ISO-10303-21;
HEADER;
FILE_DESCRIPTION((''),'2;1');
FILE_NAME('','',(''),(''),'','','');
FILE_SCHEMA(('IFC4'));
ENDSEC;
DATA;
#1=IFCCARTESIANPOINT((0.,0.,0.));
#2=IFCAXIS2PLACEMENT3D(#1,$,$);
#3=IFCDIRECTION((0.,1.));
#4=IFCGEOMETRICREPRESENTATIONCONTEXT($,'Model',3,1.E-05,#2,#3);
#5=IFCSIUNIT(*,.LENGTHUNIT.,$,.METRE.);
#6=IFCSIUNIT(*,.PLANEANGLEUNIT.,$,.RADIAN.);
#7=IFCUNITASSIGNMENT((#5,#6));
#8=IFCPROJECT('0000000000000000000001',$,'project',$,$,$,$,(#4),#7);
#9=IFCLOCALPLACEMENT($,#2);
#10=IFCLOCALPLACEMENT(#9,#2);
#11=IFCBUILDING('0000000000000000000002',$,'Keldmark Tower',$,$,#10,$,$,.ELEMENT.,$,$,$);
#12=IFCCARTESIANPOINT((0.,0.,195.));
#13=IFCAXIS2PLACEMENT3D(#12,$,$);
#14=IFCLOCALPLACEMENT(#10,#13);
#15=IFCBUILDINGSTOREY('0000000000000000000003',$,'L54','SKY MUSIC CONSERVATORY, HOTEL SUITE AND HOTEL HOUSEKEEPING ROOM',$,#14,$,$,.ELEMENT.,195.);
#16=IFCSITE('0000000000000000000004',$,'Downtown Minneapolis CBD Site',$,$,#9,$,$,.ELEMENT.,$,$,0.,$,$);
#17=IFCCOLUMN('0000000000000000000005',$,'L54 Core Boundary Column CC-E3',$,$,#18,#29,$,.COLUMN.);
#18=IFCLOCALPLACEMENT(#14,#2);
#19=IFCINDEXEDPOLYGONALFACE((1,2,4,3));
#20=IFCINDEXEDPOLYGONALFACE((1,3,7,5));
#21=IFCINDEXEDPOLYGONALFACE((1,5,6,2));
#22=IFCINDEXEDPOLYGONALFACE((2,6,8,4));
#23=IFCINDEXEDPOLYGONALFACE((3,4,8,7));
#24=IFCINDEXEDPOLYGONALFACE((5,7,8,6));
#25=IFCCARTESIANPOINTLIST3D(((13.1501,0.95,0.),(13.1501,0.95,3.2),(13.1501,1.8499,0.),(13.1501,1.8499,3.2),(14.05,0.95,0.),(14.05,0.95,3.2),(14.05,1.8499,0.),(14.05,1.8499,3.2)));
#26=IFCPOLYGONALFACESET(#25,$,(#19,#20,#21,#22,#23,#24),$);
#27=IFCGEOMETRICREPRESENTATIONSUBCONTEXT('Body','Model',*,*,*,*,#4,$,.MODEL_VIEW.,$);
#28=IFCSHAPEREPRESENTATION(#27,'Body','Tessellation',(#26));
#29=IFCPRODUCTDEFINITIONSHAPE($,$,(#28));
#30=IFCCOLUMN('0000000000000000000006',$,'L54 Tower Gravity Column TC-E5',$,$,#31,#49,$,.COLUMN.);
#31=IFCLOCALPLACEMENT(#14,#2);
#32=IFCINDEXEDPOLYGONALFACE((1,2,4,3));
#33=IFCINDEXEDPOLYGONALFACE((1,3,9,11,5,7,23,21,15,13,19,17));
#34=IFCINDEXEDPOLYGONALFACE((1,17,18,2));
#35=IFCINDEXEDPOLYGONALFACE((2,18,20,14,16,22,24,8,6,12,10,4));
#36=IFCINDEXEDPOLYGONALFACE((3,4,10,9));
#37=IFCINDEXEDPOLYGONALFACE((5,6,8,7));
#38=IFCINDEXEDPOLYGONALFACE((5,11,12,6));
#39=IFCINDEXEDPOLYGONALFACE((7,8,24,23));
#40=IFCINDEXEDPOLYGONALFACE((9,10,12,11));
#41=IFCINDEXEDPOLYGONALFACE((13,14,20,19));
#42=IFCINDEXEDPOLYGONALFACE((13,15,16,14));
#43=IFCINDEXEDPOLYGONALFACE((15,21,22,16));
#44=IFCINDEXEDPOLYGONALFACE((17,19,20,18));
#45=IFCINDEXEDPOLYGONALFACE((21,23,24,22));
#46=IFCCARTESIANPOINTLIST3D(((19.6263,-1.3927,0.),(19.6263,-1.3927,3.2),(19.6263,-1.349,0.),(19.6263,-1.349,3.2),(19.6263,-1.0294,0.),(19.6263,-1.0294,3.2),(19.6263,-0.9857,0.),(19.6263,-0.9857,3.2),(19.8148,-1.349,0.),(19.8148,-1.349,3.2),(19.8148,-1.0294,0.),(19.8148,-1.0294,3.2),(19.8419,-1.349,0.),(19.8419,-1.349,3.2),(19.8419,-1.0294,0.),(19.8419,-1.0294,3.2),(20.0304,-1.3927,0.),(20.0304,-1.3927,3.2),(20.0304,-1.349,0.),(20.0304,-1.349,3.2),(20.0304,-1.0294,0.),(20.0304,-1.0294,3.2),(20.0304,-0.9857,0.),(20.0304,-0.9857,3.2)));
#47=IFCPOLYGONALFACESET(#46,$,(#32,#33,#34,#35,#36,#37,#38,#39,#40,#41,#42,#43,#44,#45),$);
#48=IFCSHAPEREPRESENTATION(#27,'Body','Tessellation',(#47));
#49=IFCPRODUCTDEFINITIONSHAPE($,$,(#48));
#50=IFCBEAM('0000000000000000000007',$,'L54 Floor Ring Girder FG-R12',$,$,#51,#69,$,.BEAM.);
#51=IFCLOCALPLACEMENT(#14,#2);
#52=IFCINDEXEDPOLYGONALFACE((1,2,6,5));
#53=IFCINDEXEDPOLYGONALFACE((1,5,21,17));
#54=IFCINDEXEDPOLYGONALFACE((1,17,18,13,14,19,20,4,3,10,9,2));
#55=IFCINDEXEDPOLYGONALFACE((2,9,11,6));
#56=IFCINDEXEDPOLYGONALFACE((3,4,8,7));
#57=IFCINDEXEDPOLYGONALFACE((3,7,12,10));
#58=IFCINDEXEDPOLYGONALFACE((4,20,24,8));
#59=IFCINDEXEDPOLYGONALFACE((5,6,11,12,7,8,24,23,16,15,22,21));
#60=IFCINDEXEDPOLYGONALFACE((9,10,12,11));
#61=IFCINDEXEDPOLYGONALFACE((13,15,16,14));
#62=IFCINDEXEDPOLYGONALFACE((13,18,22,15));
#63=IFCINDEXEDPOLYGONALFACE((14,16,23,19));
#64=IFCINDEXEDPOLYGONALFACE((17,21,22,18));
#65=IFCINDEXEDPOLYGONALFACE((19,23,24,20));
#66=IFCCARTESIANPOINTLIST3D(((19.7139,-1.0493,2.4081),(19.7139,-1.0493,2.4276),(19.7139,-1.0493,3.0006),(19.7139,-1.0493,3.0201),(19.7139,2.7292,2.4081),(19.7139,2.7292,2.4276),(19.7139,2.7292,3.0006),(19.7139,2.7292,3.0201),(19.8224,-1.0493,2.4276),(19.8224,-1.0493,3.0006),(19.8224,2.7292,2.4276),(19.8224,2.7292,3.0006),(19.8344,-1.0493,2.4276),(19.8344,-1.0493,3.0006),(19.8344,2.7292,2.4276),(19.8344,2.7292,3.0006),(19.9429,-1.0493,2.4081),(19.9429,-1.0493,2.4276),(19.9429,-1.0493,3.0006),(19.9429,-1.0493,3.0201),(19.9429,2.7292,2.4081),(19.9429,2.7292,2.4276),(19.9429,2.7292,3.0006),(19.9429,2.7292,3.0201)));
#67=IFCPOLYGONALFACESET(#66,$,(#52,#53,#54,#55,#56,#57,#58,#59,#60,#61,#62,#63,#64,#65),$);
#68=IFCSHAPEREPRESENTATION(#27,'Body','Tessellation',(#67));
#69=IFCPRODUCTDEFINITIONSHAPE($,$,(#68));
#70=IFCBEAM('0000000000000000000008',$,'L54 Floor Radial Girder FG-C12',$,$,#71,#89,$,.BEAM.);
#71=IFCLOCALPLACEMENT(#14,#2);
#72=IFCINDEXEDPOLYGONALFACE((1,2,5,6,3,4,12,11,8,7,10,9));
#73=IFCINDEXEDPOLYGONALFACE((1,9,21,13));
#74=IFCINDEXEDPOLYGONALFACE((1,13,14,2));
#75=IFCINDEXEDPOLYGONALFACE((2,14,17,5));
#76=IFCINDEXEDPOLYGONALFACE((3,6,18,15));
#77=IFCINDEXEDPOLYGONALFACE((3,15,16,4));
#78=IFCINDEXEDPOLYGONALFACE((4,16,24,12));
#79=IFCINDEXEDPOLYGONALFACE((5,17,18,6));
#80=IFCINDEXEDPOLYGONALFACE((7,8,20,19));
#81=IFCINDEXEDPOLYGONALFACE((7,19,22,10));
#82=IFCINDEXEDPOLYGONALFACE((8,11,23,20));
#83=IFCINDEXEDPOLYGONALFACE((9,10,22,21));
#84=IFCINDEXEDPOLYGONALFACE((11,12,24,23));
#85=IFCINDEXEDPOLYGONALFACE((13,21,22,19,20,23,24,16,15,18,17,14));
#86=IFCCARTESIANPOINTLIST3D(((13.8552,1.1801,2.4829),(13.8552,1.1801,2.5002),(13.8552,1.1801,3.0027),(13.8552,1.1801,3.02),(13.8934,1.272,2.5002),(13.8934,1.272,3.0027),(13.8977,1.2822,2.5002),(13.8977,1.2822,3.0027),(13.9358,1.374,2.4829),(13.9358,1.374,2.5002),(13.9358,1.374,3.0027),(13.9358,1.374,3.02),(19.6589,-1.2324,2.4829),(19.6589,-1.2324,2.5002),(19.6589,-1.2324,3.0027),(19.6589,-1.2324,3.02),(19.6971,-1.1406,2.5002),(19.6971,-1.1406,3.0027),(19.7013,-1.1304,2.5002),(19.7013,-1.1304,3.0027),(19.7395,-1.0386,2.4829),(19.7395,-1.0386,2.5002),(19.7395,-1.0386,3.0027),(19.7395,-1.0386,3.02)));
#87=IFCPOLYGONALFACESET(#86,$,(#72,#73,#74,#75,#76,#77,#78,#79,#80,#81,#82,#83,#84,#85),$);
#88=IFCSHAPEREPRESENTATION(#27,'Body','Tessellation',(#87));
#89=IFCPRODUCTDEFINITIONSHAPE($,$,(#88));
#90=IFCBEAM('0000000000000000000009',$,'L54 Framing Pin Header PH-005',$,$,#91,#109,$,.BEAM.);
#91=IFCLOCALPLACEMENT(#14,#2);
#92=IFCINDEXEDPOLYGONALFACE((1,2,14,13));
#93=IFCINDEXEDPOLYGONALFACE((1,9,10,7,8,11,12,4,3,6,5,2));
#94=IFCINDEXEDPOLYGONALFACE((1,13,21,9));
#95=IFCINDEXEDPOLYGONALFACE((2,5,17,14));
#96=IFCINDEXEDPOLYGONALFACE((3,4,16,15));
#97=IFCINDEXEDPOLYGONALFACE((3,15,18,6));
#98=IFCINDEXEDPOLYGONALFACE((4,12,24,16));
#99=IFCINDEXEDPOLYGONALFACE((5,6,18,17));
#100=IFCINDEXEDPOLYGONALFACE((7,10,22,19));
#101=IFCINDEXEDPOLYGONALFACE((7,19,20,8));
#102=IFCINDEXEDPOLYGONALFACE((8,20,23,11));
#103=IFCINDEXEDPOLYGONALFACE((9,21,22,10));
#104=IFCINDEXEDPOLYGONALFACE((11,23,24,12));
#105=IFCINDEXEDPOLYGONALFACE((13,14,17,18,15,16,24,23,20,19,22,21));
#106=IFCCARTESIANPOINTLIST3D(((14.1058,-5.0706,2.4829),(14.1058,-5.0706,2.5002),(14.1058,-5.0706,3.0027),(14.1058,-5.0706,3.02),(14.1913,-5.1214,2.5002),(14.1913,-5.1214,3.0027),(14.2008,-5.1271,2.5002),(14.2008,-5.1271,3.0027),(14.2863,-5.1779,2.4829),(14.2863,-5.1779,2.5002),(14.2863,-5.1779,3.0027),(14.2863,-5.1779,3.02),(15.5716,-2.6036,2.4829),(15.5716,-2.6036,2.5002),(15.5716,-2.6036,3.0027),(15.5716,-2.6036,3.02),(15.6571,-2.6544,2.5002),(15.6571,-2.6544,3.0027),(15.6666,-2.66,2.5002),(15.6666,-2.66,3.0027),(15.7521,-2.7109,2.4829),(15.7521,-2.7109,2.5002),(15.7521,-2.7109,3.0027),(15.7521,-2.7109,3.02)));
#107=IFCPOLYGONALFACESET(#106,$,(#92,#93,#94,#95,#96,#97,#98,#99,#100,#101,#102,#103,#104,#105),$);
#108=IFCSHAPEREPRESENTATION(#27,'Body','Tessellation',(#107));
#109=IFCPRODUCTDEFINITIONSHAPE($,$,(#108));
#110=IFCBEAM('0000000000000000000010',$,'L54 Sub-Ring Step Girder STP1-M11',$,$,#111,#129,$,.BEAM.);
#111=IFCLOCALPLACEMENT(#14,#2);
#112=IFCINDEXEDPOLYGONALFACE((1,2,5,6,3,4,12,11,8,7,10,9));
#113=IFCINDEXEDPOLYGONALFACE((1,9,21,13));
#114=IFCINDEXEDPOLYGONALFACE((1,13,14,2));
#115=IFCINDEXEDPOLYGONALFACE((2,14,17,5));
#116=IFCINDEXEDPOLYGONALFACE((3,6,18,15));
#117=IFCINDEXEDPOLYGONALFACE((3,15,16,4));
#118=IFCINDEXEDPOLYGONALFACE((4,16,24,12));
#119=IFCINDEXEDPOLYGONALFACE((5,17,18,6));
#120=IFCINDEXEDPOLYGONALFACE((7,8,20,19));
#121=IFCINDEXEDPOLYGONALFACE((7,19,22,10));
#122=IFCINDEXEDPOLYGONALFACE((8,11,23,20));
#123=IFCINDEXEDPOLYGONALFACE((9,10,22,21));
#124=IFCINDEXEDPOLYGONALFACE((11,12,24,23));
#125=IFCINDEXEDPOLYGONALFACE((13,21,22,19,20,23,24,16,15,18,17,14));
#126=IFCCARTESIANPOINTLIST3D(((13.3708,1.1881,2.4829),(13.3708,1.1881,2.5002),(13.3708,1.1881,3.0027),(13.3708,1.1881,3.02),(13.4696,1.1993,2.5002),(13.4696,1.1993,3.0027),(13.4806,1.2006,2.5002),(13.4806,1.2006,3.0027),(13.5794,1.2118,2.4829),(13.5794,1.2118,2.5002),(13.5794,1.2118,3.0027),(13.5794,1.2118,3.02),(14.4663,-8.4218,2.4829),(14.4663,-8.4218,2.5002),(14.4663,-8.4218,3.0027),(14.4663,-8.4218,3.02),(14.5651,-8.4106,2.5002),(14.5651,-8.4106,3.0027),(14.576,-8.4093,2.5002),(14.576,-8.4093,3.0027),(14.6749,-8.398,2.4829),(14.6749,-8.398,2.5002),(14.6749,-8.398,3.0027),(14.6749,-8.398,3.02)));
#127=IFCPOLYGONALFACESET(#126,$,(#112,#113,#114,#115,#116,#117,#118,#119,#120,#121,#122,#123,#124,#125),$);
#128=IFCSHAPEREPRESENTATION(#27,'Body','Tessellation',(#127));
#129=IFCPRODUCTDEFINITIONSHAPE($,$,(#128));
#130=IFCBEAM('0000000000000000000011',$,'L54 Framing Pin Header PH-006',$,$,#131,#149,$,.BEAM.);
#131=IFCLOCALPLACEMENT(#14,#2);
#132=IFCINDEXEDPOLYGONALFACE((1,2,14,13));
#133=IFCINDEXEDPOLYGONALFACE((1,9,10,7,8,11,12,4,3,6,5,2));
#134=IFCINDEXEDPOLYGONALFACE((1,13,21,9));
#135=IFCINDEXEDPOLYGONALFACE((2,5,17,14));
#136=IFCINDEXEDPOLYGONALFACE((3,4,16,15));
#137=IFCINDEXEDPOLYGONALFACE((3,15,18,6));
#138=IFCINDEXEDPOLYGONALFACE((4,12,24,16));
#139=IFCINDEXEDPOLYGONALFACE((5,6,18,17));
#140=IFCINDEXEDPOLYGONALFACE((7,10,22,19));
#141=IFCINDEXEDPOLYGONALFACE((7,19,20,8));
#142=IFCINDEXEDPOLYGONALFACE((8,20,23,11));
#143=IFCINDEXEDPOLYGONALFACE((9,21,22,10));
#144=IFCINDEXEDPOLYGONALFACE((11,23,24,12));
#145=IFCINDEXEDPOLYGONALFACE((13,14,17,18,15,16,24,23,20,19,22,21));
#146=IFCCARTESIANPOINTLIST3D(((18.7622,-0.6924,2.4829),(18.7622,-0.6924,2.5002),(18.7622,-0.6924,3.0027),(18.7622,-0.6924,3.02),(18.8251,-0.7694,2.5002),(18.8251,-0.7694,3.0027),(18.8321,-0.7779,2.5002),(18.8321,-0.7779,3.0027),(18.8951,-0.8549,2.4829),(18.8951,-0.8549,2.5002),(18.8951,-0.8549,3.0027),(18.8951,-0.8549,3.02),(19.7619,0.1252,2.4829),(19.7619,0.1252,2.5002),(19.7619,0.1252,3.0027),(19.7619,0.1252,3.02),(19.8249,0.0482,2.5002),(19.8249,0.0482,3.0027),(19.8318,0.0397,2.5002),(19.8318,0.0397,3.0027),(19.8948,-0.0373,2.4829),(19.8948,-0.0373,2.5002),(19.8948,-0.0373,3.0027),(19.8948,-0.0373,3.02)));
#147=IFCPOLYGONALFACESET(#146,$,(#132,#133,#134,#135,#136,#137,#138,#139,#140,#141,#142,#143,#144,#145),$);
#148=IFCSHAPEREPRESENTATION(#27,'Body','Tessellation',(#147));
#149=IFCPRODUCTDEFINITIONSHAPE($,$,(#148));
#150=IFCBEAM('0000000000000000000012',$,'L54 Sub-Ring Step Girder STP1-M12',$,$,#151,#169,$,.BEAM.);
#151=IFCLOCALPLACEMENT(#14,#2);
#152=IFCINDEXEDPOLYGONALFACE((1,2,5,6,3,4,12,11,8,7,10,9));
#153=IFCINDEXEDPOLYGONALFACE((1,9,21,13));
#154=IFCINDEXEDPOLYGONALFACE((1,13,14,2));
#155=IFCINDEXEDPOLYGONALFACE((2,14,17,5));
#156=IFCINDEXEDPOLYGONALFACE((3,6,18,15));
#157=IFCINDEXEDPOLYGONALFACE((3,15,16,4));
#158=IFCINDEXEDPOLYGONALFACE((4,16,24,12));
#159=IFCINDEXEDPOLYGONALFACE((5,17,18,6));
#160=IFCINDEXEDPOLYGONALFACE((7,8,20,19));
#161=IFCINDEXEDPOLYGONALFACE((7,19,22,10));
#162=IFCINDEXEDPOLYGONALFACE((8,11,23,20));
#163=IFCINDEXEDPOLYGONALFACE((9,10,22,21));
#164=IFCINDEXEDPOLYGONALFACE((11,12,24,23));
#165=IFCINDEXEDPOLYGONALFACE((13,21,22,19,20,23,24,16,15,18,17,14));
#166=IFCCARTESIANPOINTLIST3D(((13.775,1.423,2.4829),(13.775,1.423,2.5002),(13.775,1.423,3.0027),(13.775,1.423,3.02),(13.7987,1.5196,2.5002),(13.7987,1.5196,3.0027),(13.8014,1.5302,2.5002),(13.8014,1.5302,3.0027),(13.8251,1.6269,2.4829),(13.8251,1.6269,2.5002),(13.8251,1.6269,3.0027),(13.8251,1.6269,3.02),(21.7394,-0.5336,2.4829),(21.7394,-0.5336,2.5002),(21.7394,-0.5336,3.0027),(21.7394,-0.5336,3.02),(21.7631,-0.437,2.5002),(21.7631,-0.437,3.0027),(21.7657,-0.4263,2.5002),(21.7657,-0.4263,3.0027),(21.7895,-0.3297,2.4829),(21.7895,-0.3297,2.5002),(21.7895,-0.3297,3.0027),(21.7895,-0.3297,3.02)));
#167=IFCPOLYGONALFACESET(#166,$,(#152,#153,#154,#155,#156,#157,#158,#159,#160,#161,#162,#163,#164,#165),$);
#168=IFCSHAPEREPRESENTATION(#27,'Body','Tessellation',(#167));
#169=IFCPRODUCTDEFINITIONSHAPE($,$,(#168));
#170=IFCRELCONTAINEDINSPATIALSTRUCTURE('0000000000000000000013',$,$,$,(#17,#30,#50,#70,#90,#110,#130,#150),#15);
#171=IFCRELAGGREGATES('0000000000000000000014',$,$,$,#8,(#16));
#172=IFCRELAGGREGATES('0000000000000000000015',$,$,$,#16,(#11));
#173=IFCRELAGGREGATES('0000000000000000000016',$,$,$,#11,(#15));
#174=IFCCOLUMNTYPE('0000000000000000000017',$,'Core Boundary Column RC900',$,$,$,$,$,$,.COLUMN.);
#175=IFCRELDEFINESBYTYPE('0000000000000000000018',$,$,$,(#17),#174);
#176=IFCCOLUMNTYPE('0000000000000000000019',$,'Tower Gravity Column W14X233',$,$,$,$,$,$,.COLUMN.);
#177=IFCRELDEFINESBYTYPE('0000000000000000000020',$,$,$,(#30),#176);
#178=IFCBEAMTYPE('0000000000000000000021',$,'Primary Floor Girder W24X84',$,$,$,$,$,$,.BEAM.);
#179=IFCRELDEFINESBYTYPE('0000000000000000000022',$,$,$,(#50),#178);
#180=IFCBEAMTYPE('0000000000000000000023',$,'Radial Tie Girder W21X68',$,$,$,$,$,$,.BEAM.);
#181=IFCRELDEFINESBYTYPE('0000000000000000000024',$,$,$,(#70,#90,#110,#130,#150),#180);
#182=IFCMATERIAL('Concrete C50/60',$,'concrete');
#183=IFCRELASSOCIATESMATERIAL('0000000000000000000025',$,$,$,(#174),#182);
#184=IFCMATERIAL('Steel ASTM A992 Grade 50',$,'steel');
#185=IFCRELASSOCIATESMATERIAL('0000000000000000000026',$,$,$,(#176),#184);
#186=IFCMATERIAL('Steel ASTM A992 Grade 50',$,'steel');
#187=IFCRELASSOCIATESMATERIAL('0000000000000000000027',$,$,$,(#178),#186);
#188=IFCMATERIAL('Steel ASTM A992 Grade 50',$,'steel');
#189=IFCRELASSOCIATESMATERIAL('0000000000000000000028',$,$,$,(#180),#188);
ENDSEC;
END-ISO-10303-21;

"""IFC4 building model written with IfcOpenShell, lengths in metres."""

from ifc_helpers import new_model, si_unit, direction, frame, origin, origin_2d, place, context, subcontext, project, spatial, rectangle, i_section, extrude, material, material_profile, profile_set, type_object, element, save


model = new_model("IFC4")

# Units and contexts
model_context = context("Model", 3, precision=1e-05, world=origin(), true_north=direction((0.0, 1.0)))
body_context = subcontext(model_context, "Body", "Model", "MODEL_VIEW")
ifc_project = project(units=[si_unit("LENGTHUNIT", "METRE"), si_unit("PLANEANGLEUNIT", "RADIAN")], contexts=[model_context])

# Site, building, storey
site_placement = place(None, origin())
site = spatial("IfcSite", under=ifc_project, at=site_placement, Name="Downtown Minneapolis CBD Site", CompositionType="ELEMENT", RefElevation=0.0)
building_placement = place(site_placement, origin())
building = spatial("IfcBuilding", under=site, at=building_placement, Name="Keldmark Tower", CompositionType="ELEMENT")
storey_placement = place(building_placement, frame((0.0, 0.0, 195.0)))
storey = spatial("IfcBuildingStorey", under=building, at=storey_placement, Name="L54", Description="SKY MUSIC CONSERVATORY, HOTEL SUITE AND HOTEL HOUSEKEEPING ROOM", CompositionType="ELEMENT", Elevation=195.0)

# Columns
ifc_material_1 = material(Name="Concrete C50/60", Category="concrete")
ifc_material_profile_1 = material_profile(ifc_material_1, rectangle(XDim=0.8999, YDim=0.8999, at=origin_2d()), Name="RC900X900")
ifc_profile_set_1 = profile_set([ifc_material_profile_1], Name="Concrete C50/60")
column_type_1 = type_object("IfcColumnType", Name="Core Boundary Column RC900", PredefinedType="COLUMN", material=ifc_profile_set_1)
column_1_placement = place(storey_placement, frame((13.6001, 1.3999, 0.0), z_axis=(0.0, 0.0, 1.0), x_axis=(1.0, 0.0, 0.0)))
element("IfcColumn", 1, at=column_1_placement, inside=storey, type_object=column_type_1, Name="L54 Core Boundary Column CC-E3", PredefinedType="COLUMN", context=body_context, shape_type="SweptSolid", body=[
    extrude(rectangle(XDim=0.8999, YDim=0.8999, at=origin_2d()), origin(), (0.0, 0.0, 1.0), 3.2),
])
ifc_material_2 = material(Name="Steel ASTM A992 Grade 50", Category="steel")
ifc_material_profile_2 = material_profile(ifc_material_2, i_section(OverallWidth=0.4041, OverallDepth=0.407, WebThickness=0.0271, FlangeThickness=0.0437, at=origin_2d()), Name="W14X233")
ifc_profile_set_2 = profile_set([ifc_material_profile_2], Name="Steel ASTM A992 Grade 50")
column_type_2 = type_object("IfcColumnType", Name="Tower Gravity Column W14X233", PredefinedType="COLUMN", material=ifc_profile_set_2)
column_2_placement = place(storey_placement, frame((19.8284, -1.1892, 0.0), z_axis=(0.0, 0.0, 1.0), x_axis=(1.0, 0.0, 0.0)))
element("IfcColumn", 2, at=column_2_placement, inside=storey, type_object=column_type_2, Name="L54 Tower Gravity Column TC-E5", PredefinedType="COLUMN", context=body_context, shape_type="SweptSolid", body=[
    extrude(i_section(OverallWidth=0.4041, OverallDepth=0.407, WebThickness=0.0271, FlangeThickness=0.0437, at=origin_2d()), origin(), (0.0, 0.0, 1.0), 3.2),
])

# Beams
ifc_material_3 = material(Name="Steel ASTM A992 Grade 50", Category="steel")
ifc_material_profile_3 = material_profile(ifc_material_3, i_section(OverallWidth=0.229, OverallDepth=0.6121, WebThickness=0.012, FlangeThickness=0.0195, at=origin_2d()), Name="W24X84")
ifc_profile_set_3 = profile_set([ifc_material_profile_3], Name="Steel ASTM A992 Grade 50")
beam_type_1 = type_object("IfcBeamType", Name="Primary Floor Girder W24X84", PredefinedType="BEAM", material=ifc_profile_set_3)
beam_1_placement = place(storey_placement, frame((19.8284, -1.0493, 2.7141), z_axis=(0.0, 1.0, 0.0), x_axis=(-1.0, 0.0, 0.0)))
element("IfcBeam", 3, at=beam_1_placement, inside=storey, type_object=beam_type_1, Name="L54 Floor Ring Girder FG-R12", PredefinedType="BEAM", context=body_context, shape_type="SweptSolid", body=[
    extrude(i_section(OverallWidth=0.229, OverallDepth=0.6121, WebThickness=0.012, FlangeThickness=0.0195, at=origin_2d()), origin(), (0.0, 0.0, 1.0), 3.7786),
])
ifc_material_4 = material(Name="Steel ASTM A992 Grade 50", Category="steel")
ifc_material_profile_4 = material_profile(ifc_material_4, i_section(OverallWidth=0.21, OverallDepth=0.5371, WebThickness=0.011, FlangeThickness=0.0173, at=origin_2d()), Name="W21X68")
ifc_profile_set_4 = profile_set([ifc_material_profile_4], Name="Steel ASTM A992 Grade 50")
beam_type_2 = type_object("IfcBeamType", Name="Radial Tie Girder W21X68", PredefinedType="BEAM", material=ifc_profile_set_4)
beam_2_placement = place(storey_placement, frame((19.6992, -1.1355, 2.7515), z_axis=(-0.923394, 0.383854, 0.0), x_axis=(-0.383854, -0.923394, 0.0)))
element("IfcBeam", 4, at=beam_2_placement, inside=storey, type_object=beam_type_2, Name="L54 Floor Radial Girder FG-C12", PredefinedType="BEAM", context=body_context, shape_type="SweptSolid", body=[
    extrude(i_section(OverallWidth=0.21, OverallDepth=0.5371, WebThickness=0.011, FlangeThickness=0.0173, at=origin_2d()), origin(), (0.0, 0.0, 1.0), 6.2852),
])
beam_3_placement = place(storey_placement, frame((15.6619, -2.6572, 2.7515), z_axis=(-0.5108, -0.859699, 0.0), x_axis=(0.859699, -0.5108, 0.0)))
element("IfcBeam", 5, at=beam_3_placement, inside=storey, type_object=beam_type_2, Name="L54 Framing Pin Header PH-005", PredefinedType="BEAM", context=body_context, shape_type="SweptSolid", body=[
    extrude(i_section(OverallWidth=0.21, OverallDepth=0.5371, WebThickness=0.011, FlangeThickness=0.0173, at=origin_2d()), origin(), (0.0, 0.0, 1.0), 2.8696),
])
beam_4_placement = place(storey_placement, frame((13.4751, 1.2, 2.7515), z_axis=(0.11326, -0.993565, 0.0), x_axis=(0.993565, 0.11326, 0.0)))
element("IfcBeam", 6, at=beam_4_placement, inside=storey, type_object=beam_type_2, Name="L54 Sub-Ring Step Girder STP1-M11", PredefinedType="BEAM", context=body_context, shape_type="SweptSolid", body=[
    extrude(i_section(OverallWidth=0.21, OverallDepth=0.5371, WebThickness=0.011, FlangeThickness=0.0173, at=origin_2d()), origin(), (0.0, 0.0, 1.0), 9.6721),
])
beam_5_placement = place(storey_placement, frame((18.8286, -0.7737, 2.7515), z_axis=(0.774092, 0.633073, 0.0), x_axis=(-0.633073, 0.774092, 0.0)))
element("IfcBeam", 7, at=beam_5_placement, inside=storey, type_object=beam_type_2, Name="L54 Framing Pin Header PH-006", PredefinedType="BEAM", context=body_context, shape_type="SweptSolid", body=[
    extrude(i_section(OverallWidth=0.21, OverallDepth=0.5371, WebThickness=0.011, FlangeThickness=0.0173, at=origin_2d()), origin(), (0.0, 0.0, 1.0), 1.2915),
])
beam_6_placement = place(storey_placement, frame((13.8, 1.5249, 2.7515), z_axis=(0.971126, -0.238569, 0.0), x_axis=(0.238569, 0.971126, 0.0)))
element("IfcBeam", 8, at=beam_6_placement, inside=storey, type_object=beam_type_2, Name="L54 Sub-Ring Step Girder STP1-M12", PredefinedType="BEAM", context=body_context, shape_type="SweptSolid", body=[
    extrude(i_section(OverallWidth=0.21, OverallDepth=0.5371, WebThickness=0.011, FlangeThickness=0.0173, at=origin_2d()), origin(), (0.0, 0.0, 1.0), 8.2012),
])

save(model, "model.ifc")
